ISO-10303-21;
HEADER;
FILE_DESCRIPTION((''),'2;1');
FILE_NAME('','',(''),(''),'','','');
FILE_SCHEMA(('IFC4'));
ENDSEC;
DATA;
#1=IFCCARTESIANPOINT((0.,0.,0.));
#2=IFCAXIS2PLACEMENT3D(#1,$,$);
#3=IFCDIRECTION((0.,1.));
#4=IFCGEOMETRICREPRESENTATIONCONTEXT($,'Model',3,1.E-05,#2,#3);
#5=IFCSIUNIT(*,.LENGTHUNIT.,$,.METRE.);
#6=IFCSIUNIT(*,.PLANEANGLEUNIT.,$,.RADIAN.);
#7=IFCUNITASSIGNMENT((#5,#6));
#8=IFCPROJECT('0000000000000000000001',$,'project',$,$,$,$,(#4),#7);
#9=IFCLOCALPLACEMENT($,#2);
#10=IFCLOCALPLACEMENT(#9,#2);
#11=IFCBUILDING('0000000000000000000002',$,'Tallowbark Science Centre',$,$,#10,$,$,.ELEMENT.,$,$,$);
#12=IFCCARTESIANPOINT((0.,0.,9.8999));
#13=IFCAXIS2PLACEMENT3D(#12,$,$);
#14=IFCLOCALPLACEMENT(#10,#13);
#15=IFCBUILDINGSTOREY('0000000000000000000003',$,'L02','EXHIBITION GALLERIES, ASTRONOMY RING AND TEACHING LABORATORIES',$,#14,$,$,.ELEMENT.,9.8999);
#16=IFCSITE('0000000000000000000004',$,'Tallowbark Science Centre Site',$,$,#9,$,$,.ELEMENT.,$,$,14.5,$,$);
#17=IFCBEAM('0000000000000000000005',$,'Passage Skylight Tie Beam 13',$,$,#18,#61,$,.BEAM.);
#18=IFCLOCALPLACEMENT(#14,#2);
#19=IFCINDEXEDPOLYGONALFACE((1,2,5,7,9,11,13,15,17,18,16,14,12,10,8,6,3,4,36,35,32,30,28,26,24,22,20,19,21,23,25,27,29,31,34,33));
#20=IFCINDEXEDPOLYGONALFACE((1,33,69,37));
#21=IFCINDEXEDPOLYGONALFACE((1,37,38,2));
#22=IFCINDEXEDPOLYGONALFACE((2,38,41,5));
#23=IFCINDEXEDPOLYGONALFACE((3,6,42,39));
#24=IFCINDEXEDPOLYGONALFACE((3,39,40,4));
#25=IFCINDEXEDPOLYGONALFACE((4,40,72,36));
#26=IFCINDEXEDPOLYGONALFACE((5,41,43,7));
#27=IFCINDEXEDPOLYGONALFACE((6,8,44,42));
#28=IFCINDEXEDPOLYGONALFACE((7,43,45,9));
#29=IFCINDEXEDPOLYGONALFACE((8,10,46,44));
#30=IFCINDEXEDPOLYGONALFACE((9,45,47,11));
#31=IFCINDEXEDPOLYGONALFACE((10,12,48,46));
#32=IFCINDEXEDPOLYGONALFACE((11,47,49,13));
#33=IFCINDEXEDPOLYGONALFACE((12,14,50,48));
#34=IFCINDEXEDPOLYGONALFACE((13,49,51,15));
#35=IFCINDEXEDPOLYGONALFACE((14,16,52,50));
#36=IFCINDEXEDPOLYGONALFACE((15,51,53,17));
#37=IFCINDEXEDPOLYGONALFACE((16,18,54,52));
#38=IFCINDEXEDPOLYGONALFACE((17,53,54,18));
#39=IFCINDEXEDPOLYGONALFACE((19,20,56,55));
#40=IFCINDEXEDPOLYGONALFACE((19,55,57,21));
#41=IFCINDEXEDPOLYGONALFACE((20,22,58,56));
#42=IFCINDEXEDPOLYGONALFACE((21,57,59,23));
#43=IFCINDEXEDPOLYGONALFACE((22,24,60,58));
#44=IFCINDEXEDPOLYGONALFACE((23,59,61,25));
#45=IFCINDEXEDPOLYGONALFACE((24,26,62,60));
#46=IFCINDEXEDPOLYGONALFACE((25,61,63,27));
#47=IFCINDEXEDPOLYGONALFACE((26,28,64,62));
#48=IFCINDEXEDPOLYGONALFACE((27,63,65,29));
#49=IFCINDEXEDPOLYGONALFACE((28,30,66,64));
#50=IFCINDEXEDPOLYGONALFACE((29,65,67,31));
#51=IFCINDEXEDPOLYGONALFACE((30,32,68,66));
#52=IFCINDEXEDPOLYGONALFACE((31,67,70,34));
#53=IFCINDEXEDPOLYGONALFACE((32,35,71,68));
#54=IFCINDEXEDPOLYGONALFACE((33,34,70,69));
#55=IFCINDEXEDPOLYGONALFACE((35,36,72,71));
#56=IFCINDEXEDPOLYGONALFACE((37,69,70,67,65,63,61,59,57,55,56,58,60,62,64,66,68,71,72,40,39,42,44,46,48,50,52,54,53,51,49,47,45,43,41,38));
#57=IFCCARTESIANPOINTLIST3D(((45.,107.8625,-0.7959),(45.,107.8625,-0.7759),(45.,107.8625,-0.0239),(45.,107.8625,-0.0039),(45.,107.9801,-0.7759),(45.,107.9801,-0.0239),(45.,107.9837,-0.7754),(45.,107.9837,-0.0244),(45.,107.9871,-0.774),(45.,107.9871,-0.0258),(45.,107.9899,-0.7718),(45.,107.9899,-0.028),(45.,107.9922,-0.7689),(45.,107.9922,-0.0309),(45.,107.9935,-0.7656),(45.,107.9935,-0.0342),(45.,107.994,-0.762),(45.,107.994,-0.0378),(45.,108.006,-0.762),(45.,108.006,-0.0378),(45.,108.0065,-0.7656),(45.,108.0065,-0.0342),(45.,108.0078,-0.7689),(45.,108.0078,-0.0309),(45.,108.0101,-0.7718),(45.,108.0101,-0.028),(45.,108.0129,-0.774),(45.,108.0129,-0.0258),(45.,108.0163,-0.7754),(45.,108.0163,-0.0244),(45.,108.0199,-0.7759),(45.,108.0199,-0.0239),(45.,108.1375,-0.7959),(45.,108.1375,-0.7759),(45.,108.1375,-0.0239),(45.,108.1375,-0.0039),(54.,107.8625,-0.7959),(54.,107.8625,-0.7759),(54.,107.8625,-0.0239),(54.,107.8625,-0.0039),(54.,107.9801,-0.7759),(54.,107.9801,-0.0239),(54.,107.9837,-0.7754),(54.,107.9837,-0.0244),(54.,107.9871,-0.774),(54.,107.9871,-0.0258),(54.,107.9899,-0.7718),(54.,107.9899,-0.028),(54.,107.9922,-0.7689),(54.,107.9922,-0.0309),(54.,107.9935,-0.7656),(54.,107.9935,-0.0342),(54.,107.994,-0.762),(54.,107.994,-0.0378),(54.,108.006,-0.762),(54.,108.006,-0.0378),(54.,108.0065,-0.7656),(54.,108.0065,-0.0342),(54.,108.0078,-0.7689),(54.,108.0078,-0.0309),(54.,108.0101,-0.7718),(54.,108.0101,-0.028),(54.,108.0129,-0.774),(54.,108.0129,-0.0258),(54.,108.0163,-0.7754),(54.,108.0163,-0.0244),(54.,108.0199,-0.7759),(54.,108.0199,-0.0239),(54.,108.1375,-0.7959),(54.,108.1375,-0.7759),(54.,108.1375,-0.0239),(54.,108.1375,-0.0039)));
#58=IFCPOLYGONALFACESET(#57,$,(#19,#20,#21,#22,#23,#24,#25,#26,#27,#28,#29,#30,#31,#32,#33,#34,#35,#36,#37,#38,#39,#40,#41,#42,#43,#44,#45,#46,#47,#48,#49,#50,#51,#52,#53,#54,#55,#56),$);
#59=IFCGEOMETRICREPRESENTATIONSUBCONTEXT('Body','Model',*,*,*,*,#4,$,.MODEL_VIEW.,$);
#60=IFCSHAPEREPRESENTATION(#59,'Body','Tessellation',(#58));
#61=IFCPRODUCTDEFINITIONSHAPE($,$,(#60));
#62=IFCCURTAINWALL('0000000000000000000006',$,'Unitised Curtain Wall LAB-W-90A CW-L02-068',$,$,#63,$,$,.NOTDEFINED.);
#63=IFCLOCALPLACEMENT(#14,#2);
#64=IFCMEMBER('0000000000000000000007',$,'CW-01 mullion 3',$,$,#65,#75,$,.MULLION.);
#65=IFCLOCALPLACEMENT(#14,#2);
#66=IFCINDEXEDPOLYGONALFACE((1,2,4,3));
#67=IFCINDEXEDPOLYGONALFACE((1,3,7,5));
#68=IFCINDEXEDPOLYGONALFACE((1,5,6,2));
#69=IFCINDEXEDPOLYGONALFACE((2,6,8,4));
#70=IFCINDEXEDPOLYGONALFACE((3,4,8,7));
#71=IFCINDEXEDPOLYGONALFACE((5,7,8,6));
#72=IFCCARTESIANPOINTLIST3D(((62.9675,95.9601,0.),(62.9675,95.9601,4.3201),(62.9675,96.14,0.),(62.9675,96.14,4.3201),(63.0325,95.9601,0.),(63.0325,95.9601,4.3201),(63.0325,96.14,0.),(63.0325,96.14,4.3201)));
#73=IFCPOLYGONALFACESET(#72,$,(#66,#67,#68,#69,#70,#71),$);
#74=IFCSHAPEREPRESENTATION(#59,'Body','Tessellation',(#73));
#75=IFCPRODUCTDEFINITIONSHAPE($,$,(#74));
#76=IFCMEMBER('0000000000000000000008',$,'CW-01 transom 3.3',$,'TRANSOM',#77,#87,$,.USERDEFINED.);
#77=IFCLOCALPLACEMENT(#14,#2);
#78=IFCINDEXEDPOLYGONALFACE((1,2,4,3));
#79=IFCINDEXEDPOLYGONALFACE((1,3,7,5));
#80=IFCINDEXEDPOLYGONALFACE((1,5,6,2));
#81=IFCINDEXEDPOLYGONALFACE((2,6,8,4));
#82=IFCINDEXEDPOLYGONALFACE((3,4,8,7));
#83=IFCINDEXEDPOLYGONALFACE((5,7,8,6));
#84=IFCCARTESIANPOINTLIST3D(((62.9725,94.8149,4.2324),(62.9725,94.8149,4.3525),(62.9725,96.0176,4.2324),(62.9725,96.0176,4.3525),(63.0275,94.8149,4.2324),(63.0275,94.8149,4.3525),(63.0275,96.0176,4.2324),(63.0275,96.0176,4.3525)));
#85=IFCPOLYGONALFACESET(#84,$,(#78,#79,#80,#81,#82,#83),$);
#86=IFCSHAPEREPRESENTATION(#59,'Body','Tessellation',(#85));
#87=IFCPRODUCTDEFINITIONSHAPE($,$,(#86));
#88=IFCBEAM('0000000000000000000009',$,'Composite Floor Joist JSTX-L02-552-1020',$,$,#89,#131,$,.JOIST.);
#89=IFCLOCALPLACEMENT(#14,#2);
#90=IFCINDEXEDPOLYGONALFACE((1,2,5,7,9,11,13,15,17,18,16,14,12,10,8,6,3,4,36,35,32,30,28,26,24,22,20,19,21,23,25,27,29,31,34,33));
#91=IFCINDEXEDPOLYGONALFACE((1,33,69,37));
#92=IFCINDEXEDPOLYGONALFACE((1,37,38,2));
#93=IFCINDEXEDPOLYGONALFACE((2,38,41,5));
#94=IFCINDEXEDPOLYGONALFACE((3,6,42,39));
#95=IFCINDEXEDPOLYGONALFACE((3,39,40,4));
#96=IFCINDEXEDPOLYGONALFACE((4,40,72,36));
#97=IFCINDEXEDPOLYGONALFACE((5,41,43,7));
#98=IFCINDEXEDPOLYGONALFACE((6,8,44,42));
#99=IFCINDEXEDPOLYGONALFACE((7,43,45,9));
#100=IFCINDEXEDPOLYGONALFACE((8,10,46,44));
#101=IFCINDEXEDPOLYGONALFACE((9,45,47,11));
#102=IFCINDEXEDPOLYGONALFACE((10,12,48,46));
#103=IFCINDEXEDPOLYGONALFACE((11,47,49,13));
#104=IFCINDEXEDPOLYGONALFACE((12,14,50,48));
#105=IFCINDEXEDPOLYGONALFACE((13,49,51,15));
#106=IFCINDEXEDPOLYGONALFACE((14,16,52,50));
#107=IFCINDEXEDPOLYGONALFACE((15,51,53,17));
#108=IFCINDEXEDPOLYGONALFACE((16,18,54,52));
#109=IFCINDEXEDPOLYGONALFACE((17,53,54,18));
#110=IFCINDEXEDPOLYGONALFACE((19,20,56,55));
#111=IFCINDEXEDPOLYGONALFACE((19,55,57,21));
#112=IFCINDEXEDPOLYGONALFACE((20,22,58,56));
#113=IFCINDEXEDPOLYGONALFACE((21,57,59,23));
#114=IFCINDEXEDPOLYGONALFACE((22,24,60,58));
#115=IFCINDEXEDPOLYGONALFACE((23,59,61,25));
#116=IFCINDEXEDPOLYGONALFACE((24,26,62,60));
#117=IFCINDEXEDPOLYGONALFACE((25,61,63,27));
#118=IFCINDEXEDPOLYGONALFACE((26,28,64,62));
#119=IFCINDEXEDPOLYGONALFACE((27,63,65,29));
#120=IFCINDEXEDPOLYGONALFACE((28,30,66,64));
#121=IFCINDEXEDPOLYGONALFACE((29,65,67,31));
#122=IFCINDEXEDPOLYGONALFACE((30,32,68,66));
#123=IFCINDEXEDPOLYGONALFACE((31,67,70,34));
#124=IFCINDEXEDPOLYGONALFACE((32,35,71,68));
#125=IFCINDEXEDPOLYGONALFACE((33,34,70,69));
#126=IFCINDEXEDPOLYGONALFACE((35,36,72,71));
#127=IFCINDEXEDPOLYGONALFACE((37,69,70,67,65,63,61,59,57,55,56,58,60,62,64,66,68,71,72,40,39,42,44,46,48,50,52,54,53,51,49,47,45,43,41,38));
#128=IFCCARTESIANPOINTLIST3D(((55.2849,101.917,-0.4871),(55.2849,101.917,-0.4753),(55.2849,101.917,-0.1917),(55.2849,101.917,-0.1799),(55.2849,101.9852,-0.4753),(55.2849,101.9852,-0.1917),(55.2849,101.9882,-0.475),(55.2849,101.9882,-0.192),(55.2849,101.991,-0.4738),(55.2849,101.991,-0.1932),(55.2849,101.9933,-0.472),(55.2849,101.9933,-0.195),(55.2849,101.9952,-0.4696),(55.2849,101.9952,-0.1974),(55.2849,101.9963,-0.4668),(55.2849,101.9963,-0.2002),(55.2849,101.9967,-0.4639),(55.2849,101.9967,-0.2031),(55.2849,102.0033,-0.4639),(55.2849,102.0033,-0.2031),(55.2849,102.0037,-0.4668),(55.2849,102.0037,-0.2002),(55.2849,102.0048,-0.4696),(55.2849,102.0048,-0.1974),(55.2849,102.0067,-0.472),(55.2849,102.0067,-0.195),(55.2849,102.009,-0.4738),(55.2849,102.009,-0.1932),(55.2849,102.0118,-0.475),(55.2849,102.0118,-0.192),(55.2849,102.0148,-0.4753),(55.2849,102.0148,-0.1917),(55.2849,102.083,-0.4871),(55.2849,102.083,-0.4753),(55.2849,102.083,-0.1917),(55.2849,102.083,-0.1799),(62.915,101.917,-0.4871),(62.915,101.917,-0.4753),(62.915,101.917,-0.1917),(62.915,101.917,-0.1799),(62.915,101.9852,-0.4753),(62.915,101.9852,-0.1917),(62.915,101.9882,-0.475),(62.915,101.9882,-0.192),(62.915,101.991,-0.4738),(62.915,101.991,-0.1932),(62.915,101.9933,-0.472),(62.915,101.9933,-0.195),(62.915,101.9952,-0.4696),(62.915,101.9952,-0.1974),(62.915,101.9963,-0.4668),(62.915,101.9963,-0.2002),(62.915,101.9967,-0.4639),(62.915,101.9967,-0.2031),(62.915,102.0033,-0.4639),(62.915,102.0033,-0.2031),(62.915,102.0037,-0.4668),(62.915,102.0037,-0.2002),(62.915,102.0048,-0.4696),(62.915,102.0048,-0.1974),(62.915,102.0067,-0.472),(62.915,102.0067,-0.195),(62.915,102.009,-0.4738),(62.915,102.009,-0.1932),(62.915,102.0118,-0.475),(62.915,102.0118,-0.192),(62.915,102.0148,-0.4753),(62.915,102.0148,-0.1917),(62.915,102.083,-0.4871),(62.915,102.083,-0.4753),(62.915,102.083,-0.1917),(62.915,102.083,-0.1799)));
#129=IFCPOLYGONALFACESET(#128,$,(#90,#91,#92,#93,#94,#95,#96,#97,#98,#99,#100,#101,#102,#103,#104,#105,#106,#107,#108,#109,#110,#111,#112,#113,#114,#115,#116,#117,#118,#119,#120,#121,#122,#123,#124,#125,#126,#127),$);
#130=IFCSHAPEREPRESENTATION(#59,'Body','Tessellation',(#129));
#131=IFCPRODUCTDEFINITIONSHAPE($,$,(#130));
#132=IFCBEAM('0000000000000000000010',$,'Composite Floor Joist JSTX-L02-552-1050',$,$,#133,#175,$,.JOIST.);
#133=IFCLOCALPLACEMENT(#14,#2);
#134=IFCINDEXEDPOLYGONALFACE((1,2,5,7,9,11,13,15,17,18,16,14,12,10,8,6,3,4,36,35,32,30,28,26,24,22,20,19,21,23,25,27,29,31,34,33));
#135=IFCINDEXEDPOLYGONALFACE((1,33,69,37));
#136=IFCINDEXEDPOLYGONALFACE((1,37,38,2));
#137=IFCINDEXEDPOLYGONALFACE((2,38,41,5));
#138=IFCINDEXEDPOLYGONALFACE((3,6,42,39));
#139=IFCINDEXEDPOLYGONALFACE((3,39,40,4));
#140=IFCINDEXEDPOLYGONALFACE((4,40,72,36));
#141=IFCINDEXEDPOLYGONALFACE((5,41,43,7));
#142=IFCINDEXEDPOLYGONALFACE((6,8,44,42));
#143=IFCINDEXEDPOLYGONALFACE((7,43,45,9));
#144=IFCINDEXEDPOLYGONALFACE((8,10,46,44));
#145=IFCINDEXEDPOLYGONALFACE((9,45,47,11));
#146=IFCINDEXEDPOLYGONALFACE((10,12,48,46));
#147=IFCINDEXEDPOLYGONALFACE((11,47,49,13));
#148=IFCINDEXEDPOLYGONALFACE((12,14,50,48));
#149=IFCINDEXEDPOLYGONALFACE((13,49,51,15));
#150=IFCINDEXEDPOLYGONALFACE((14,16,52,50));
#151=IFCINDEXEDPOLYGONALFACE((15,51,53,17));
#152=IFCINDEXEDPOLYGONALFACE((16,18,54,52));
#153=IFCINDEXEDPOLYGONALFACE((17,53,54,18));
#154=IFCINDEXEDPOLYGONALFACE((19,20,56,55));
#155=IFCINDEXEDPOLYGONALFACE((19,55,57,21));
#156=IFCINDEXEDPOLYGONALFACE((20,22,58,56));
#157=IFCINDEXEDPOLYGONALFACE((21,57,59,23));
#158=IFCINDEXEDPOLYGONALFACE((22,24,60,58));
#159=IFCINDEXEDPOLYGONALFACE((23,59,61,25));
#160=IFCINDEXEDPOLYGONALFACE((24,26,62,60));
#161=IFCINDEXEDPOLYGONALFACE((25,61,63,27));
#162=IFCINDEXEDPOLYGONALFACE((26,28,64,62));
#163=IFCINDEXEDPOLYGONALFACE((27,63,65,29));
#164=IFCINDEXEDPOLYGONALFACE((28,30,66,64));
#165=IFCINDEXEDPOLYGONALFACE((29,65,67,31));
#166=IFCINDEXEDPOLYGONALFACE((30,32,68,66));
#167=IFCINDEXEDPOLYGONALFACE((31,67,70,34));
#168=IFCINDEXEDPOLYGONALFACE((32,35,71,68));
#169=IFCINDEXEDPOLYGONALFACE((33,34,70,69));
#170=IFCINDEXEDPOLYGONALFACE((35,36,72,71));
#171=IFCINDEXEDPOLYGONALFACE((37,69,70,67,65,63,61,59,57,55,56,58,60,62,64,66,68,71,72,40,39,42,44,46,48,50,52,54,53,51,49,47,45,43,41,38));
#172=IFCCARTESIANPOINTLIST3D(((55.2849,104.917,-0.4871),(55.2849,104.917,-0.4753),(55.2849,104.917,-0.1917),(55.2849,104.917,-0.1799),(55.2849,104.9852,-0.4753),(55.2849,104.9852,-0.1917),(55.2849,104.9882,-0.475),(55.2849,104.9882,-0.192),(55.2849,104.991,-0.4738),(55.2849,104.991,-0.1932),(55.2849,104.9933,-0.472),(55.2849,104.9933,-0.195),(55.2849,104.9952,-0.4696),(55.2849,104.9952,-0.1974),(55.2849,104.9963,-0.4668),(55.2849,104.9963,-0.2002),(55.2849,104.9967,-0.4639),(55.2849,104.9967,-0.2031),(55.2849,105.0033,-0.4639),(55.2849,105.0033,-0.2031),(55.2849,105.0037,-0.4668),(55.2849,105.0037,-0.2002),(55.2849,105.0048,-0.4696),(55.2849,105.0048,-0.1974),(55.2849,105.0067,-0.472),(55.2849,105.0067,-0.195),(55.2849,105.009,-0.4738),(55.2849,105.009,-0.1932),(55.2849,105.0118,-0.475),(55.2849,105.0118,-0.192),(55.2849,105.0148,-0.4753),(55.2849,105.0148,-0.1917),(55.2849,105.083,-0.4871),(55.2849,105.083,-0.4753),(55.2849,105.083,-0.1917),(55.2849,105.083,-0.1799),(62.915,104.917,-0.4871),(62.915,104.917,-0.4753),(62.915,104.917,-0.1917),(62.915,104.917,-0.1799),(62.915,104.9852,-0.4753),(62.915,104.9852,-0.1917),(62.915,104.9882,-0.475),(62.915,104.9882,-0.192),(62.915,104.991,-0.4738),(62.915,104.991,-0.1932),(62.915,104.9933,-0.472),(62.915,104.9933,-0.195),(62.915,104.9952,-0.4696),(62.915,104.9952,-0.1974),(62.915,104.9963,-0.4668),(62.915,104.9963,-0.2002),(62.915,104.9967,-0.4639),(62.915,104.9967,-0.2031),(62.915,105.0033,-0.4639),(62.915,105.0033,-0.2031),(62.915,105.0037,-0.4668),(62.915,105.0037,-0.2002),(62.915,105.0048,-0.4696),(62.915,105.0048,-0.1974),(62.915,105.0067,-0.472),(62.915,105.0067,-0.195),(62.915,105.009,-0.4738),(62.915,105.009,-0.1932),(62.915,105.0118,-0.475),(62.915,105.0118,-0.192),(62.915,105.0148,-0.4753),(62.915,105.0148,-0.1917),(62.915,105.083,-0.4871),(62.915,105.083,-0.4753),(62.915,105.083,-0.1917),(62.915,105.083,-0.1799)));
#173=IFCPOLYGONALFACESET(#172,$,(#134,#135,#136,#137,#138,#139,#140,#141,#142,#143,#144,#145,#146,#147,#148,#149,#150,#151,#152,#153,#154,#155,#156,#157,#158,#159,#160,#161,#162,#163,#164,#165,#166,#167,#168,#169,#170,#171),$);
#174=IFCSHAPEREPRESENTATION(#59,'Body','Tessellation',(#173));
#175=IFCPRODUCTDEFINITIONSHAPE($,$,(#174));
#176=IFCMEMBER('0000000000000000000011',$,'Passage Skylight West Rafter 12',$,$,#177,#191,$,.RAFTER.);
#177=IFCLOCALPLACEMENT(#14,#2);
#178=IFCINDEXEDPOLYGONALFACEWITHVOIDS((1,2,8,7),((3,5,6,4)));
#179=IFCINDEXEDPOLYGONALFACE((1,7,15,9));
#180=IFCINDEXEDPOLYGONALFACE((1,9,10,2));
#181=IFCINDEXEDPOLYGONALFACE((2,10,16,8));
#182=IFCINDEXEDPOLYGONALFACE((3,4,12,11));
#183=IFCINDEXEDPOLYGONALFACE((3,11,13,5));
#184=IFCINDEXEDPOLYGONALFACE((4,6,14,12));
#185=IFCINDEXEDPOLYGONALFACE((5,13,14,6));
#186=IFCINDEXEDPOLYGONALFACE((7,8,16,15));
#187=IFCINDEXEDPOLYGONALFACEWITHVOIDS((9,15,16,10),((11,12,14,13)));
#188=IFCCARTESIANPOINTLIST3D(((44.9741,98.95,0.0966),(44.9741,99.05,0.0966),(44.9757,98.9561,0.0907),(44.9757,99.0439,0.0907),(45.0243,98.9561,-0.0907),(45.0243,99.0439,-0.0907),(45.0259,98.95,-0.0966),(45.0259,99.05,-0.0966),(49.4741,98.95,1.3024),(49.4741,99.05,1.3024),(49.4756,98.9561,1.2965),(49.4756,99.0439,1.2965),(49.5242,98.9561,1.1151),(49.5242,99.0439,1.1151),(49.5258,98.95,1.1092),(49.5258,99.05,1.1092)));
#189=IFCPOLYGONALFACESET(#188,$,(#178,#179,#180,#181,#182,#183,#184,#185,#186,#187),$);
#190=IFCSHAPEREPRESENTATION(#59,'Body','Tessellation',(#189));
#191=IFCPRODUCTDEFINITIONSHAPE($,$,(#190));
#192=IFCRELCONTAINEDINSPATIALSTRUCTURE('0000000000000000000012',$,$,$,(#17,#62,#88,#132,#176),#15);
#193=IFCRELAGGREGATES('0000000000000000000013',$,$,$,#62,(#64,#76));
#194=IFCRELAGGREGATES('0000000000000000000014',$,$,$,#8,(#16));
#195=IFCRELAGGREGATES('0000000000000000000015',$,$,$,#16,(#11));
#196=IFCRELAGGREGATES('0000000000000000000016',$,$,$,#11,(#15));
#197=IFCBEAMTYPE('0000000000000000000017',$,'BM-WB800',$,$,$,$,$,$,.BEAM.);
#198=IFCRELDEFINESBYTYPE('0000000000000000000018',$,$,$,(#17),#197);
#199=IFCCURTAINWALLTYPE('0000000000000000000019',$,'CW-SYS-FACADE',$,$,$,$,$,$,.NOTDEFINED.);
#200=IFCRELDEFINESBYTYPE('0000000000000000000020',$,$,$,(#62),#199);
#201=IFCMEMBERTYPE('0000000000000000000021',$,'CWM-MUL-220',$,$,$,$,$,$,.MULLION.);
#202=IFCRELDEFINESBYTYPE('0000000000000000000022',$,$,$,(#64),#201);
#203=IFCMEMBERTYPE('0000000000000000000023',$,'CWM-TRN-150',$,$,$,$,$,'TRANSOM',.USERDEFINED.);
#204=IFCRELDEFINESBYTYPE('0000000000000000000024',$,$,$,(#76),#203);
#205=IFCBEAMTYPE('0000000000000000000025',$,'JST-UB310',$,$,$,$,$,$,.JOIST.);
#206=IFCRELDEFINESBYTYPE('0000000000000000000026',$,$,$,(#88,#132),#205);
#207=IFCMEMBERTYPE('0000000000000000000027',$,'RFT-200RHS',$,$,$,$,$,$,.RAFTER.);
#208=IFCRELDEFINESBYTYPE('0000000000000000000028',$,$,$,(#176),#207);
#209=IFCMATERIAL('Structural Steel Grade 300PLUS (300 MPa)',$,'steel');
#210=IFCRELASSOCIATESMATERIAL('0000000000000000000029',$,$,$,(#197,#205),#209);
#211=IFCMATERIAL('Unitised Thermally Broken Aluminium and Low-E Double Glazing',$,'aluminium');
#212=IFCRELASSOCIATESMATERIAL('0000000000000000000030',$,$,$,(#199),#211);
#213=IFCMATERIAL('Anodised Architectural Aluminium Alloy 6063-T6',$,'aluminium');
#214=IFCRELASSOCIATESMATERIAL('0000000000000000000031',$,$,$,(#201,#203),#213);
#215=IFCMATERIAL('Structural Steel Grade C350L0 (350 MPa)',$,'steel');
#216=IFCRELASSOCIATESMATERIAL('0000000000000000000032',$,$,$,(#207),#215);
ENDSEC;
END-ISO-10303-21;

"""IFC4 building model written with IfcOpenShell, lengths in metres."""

from ifc_helpers import new_model, si_unit, direction, frame, origin, origin_2d, place, context, subcontext, project, spatial, rectangle, hollow_rectangle, i_section, extrude, material, material_profile, profile_set, type_object, element, aggregate, save


model = new_model("IFC4")

# Units and contexts
model_context = context("Model", 3, precision=1e-05, world=origin(), true_north=direction((0.0, 1.0)))
body_context = subcontext(model_context, "Body", "Model", "MODEL_VIEW")
ifc_project = project(units=[si_unit("LENGTHUNIT", "METRE"), si_unit("PLANEANGLEUNIT", "RADIAN")], contexts=[model_context])

# Site, building, storey
site_placement = place(None, origin())
site = spatial("IfcSite", under=ifc_project, at=site_placement, Name="Tallowbark Science Centre Site", CompositionType="ELEMENT", RefElevation=14.5)
building_placement = place(site_placement, origin())
building = spatial("IfcBuilding", under=site, at=building_placement, Name="Tallowbark Science Centre", CompositionType="ELEMENT")
storey_placement = place(building_placement, frame((0.0, 0.0, 9.8999)))
storey = spatial("IfcBuildingStorey", under=building, at=storey_placement, Name="L02", Description="EXHIBITION GALLERIES, ASTRONOMY RING AND TEACHING LABORATORIES", CompositionType="ELEMENT", Elevation=9.8999)

# Beam
ifc_material_1 = material(Name="Structural Steel Grade 300PLUS (300 MPa)", Category="steel")
ifc_material_profile_1 = material_profile(ifc_material_1, i_section(OverallWidth=0.2749, OverallDepth=0.792, WebThickness=0.012, FlangeThickness=0.02, FilletRadius=0.0139, at=origin_2d()), Name="800WB146")
ifc_profile_set_1 = profile_set([ifc_material_profile_1], Name="Structural Steel Grade 300PLUS (300 MPa)")
beam_type_1 = type_object("IfcBeamType", Name="BM-WB800", PredefinedType="BEAM", material=ifc_profile_set_1)
for number, where, z_axis, x_axis, name in (
    (1, (45.0, 108.0, -0.3999), (1.0, 0.0, 0.0), (0.0, 1.0, 0.0), "Passage Skylight Tie Beam 13"),
):
    element("IfcBeam", number, at=place(storey_placement, frame(where, z_axis=z_axis, x_axis=x_axis)), inside=storey, type_object=beam_type_1, Name=name, PredefinedType="BEAM", context=body_context, shape_type="SweptSolid", body=[
        extrude(i_section(OverallWidth=0.2749, OverallDepth=0.792, WebThickness=0.012, FlangeThickness=0.02, FilletRadius=0.0139, at=origin_2d()), origin(), (0.0, 0.0, 1.0), 9.0),
    ])

# Curtain wall, members
ifc_material_2 = material(Name="Unitised Thermally Broken Aluminium and Low-E Double Glazing", Category="aluminium")
curtain_wall_type = type_object("IfcCurtainWallType", Name="CW-SYS-FACADE", PredefinedType="NOTDEFINED", material=ifc_material_2)
curtain_wall_placement = place(storey_placement, origin())
curtain_wall = element("IfcCurtainWall", 2, at=curtain_wall_placement, inside=storey, type_object=curtain_wall_type, Name="Unitised Curtain Wall LAB-W-90A CW-L02-068", PredefinedType="NOTDEFINED")
ifc_material_3 = material(Name="Anodised Architectural Aluminium Alloy 6063-T6", Category="aluminium")
ifc_material_profile_2 = material_profile(ifc_material_3, rectangle(XDim=0.0649, YDim=0.1799, at=origin_2d()), Name="ALU65x180")
ifc_profile_set_2 = profile_set([ifc_material_profile_2], Name="Anodised Architectural Aluminium Alloy 6063-T6")
member_type_1 = type_object("IfcMemberType", Name="CWM-MUL-220", PredefinedType="MULLION", material=ifc_profile_set_2)
member_1_placement = place(storey_placement, frame((63.0, 96.05, 0.0), z_axis=(0.0, 0.0, 1.0), x_axis=(1.0, 0.0, 0.0)))
member_1 = element("IfcMember", 3, at=member_1_placement, type_object=member_type_1, Name="CW-01 mullion 3", PredefinedType="MULLION", context=body_context, shape_type="SweptSolid", body=[
    extrude(rectangle(XDim=0.0649, YDim=0.1799, at=origin_2d()), origin(), (0.0, 0.0, 1.0), 4.3201),
])
ifc_material_profile_3 = material_profile(ifc_material_3, rectangle(XDim=0.0549, YDim=0.1201, at=origin_2d()), Name="ALU55x120")
ifc_profile_set_3 = profile_set([ifc_material_profile_3], Name="Anodised Architectural Aluminium Alloy 6063-T6")
member_type_2 = type_object("IfcMemberType", Name="CWM-TRN-150", ElementType="TRANSOM", PredefinedType="USERDEFINED", material=ifc_profile_set_3)
member_2_placement = place(storey_placement, frame((63.0, 96.0176, 4.2925), z_axis=(0.0, -1.0, 0.0), x_axis=(1.0, 0.0, 0.0)))
member_2 = element("IfcMember", 4, at=member_2_placement, type_object=member_type_2, Name="CW-01 transom 3.3", ObjectType="TRANSOM", PredefinedType="USERDEFINED", context=body_context, shape_type="SweptSolid", body=[
    extrude(rectangle(XDim=0.0549, YDim=0.1201, at=origin_2d()), origin(), (0.0, 0.0, 1.0), 1.2026),
])

# Beams
ifc_material_profile_4 = material_profile(ifc_material_1, i_section(OverallWidth=0.166, OverallDepth=0.3071, WebThickness=0.0066, FlangeThickness=0.0117, FilletRadius=0.0115, at=origin_2d()), Name="310UB46.2")
ifc_profile_set_4 = profile_set([ifc_material_profile_4], Name="Structural Steel Grade 300PLUS (300 MPa)")
beam_type_2 = type_object("IfcBeamType", Name="JST-UB310", PredefinedType="JOIST", material=ifc_profile_set_4)
for number, where, z_axis, x_axis, name in (
    (5, (55.2849, 102.0, -0.3335), (1.0, 0.0, 0.0), (0.0, 1.0, 0.0), "Composite Floor Joist JSTX-L02-552-1020"),
    (6, (55.2849, 105.0, -0.3335), (1.0, 0.0, 0.0), (0.0, 1.0, 0.0), "Composite Floor Joist JSTX-L02-552-1050"),
):
    element("IfcBeam", number, at=place(storey_placement, frame(where, z_axis=z_axis, x_axis=x_axis)), inside=storey, type_object=beam_type_2, Name=name, PredefinedType="JOIST", context=body_context, shape_type="SweptSolid", body=[
        extrude(i_section(OverallWidth=0.166, OverallDepth=0.3071, WebThickness=0.0066, FlangeThickness=0.0117, FilletRadius=0.0115, at=origin_2d()), origin(), (0.0, 0.0, 1.0), 7.6301),
    ])

# Member
ifc_material_4 = material(Name="Structural Steel Grade C350L0 (350 MPa)", Category="steel")
ifc_material_profile_5 = material_profile(ifc_material_4, hollow_rectangle(XDim=0.1001, YDim=0.2, WallThickness=0.0061, at=origin_2d()), Name="200x100x6.0RHS")
ifc_profile_set_5 = profile_set([ifc_material_profile_5], Name="Structural Steel Grade C350L0 (350 MPa)")
member_type_3 = type_object("IfcMemberType", Name="RFT-200RHS", PredefinedType="RAFTER", material=ifc_profile_set_5)
for number, where, z_axis, x_axis, name in (
    (7, (45.0, 99.0, 0.0), (0.965924, 0.0, 0.258827), (0.0, 1.0, 0.0), "Passage Skylight West Rafter 12"),
):
    element("IfcMember", number, at=place(storey_placement, frame(where, z_axis=z_axis, x_axis=x_axis)), inside=storey, type_object=member_type_3, Name=name, PredefinedType="RAFTER", context=body_context, shape_type="SweptSolid", body=[
        extrude(hollow_rectangle(XDim=0.1001, YDim=0.2, WallThickness=0.0061, at=origin_2d()), origin(), (0.0, 0.0, 1.0), 4.6587),
    ])

aggregate(curtain_wall, [member_1, member_2])

save(model, "model.ifc")
